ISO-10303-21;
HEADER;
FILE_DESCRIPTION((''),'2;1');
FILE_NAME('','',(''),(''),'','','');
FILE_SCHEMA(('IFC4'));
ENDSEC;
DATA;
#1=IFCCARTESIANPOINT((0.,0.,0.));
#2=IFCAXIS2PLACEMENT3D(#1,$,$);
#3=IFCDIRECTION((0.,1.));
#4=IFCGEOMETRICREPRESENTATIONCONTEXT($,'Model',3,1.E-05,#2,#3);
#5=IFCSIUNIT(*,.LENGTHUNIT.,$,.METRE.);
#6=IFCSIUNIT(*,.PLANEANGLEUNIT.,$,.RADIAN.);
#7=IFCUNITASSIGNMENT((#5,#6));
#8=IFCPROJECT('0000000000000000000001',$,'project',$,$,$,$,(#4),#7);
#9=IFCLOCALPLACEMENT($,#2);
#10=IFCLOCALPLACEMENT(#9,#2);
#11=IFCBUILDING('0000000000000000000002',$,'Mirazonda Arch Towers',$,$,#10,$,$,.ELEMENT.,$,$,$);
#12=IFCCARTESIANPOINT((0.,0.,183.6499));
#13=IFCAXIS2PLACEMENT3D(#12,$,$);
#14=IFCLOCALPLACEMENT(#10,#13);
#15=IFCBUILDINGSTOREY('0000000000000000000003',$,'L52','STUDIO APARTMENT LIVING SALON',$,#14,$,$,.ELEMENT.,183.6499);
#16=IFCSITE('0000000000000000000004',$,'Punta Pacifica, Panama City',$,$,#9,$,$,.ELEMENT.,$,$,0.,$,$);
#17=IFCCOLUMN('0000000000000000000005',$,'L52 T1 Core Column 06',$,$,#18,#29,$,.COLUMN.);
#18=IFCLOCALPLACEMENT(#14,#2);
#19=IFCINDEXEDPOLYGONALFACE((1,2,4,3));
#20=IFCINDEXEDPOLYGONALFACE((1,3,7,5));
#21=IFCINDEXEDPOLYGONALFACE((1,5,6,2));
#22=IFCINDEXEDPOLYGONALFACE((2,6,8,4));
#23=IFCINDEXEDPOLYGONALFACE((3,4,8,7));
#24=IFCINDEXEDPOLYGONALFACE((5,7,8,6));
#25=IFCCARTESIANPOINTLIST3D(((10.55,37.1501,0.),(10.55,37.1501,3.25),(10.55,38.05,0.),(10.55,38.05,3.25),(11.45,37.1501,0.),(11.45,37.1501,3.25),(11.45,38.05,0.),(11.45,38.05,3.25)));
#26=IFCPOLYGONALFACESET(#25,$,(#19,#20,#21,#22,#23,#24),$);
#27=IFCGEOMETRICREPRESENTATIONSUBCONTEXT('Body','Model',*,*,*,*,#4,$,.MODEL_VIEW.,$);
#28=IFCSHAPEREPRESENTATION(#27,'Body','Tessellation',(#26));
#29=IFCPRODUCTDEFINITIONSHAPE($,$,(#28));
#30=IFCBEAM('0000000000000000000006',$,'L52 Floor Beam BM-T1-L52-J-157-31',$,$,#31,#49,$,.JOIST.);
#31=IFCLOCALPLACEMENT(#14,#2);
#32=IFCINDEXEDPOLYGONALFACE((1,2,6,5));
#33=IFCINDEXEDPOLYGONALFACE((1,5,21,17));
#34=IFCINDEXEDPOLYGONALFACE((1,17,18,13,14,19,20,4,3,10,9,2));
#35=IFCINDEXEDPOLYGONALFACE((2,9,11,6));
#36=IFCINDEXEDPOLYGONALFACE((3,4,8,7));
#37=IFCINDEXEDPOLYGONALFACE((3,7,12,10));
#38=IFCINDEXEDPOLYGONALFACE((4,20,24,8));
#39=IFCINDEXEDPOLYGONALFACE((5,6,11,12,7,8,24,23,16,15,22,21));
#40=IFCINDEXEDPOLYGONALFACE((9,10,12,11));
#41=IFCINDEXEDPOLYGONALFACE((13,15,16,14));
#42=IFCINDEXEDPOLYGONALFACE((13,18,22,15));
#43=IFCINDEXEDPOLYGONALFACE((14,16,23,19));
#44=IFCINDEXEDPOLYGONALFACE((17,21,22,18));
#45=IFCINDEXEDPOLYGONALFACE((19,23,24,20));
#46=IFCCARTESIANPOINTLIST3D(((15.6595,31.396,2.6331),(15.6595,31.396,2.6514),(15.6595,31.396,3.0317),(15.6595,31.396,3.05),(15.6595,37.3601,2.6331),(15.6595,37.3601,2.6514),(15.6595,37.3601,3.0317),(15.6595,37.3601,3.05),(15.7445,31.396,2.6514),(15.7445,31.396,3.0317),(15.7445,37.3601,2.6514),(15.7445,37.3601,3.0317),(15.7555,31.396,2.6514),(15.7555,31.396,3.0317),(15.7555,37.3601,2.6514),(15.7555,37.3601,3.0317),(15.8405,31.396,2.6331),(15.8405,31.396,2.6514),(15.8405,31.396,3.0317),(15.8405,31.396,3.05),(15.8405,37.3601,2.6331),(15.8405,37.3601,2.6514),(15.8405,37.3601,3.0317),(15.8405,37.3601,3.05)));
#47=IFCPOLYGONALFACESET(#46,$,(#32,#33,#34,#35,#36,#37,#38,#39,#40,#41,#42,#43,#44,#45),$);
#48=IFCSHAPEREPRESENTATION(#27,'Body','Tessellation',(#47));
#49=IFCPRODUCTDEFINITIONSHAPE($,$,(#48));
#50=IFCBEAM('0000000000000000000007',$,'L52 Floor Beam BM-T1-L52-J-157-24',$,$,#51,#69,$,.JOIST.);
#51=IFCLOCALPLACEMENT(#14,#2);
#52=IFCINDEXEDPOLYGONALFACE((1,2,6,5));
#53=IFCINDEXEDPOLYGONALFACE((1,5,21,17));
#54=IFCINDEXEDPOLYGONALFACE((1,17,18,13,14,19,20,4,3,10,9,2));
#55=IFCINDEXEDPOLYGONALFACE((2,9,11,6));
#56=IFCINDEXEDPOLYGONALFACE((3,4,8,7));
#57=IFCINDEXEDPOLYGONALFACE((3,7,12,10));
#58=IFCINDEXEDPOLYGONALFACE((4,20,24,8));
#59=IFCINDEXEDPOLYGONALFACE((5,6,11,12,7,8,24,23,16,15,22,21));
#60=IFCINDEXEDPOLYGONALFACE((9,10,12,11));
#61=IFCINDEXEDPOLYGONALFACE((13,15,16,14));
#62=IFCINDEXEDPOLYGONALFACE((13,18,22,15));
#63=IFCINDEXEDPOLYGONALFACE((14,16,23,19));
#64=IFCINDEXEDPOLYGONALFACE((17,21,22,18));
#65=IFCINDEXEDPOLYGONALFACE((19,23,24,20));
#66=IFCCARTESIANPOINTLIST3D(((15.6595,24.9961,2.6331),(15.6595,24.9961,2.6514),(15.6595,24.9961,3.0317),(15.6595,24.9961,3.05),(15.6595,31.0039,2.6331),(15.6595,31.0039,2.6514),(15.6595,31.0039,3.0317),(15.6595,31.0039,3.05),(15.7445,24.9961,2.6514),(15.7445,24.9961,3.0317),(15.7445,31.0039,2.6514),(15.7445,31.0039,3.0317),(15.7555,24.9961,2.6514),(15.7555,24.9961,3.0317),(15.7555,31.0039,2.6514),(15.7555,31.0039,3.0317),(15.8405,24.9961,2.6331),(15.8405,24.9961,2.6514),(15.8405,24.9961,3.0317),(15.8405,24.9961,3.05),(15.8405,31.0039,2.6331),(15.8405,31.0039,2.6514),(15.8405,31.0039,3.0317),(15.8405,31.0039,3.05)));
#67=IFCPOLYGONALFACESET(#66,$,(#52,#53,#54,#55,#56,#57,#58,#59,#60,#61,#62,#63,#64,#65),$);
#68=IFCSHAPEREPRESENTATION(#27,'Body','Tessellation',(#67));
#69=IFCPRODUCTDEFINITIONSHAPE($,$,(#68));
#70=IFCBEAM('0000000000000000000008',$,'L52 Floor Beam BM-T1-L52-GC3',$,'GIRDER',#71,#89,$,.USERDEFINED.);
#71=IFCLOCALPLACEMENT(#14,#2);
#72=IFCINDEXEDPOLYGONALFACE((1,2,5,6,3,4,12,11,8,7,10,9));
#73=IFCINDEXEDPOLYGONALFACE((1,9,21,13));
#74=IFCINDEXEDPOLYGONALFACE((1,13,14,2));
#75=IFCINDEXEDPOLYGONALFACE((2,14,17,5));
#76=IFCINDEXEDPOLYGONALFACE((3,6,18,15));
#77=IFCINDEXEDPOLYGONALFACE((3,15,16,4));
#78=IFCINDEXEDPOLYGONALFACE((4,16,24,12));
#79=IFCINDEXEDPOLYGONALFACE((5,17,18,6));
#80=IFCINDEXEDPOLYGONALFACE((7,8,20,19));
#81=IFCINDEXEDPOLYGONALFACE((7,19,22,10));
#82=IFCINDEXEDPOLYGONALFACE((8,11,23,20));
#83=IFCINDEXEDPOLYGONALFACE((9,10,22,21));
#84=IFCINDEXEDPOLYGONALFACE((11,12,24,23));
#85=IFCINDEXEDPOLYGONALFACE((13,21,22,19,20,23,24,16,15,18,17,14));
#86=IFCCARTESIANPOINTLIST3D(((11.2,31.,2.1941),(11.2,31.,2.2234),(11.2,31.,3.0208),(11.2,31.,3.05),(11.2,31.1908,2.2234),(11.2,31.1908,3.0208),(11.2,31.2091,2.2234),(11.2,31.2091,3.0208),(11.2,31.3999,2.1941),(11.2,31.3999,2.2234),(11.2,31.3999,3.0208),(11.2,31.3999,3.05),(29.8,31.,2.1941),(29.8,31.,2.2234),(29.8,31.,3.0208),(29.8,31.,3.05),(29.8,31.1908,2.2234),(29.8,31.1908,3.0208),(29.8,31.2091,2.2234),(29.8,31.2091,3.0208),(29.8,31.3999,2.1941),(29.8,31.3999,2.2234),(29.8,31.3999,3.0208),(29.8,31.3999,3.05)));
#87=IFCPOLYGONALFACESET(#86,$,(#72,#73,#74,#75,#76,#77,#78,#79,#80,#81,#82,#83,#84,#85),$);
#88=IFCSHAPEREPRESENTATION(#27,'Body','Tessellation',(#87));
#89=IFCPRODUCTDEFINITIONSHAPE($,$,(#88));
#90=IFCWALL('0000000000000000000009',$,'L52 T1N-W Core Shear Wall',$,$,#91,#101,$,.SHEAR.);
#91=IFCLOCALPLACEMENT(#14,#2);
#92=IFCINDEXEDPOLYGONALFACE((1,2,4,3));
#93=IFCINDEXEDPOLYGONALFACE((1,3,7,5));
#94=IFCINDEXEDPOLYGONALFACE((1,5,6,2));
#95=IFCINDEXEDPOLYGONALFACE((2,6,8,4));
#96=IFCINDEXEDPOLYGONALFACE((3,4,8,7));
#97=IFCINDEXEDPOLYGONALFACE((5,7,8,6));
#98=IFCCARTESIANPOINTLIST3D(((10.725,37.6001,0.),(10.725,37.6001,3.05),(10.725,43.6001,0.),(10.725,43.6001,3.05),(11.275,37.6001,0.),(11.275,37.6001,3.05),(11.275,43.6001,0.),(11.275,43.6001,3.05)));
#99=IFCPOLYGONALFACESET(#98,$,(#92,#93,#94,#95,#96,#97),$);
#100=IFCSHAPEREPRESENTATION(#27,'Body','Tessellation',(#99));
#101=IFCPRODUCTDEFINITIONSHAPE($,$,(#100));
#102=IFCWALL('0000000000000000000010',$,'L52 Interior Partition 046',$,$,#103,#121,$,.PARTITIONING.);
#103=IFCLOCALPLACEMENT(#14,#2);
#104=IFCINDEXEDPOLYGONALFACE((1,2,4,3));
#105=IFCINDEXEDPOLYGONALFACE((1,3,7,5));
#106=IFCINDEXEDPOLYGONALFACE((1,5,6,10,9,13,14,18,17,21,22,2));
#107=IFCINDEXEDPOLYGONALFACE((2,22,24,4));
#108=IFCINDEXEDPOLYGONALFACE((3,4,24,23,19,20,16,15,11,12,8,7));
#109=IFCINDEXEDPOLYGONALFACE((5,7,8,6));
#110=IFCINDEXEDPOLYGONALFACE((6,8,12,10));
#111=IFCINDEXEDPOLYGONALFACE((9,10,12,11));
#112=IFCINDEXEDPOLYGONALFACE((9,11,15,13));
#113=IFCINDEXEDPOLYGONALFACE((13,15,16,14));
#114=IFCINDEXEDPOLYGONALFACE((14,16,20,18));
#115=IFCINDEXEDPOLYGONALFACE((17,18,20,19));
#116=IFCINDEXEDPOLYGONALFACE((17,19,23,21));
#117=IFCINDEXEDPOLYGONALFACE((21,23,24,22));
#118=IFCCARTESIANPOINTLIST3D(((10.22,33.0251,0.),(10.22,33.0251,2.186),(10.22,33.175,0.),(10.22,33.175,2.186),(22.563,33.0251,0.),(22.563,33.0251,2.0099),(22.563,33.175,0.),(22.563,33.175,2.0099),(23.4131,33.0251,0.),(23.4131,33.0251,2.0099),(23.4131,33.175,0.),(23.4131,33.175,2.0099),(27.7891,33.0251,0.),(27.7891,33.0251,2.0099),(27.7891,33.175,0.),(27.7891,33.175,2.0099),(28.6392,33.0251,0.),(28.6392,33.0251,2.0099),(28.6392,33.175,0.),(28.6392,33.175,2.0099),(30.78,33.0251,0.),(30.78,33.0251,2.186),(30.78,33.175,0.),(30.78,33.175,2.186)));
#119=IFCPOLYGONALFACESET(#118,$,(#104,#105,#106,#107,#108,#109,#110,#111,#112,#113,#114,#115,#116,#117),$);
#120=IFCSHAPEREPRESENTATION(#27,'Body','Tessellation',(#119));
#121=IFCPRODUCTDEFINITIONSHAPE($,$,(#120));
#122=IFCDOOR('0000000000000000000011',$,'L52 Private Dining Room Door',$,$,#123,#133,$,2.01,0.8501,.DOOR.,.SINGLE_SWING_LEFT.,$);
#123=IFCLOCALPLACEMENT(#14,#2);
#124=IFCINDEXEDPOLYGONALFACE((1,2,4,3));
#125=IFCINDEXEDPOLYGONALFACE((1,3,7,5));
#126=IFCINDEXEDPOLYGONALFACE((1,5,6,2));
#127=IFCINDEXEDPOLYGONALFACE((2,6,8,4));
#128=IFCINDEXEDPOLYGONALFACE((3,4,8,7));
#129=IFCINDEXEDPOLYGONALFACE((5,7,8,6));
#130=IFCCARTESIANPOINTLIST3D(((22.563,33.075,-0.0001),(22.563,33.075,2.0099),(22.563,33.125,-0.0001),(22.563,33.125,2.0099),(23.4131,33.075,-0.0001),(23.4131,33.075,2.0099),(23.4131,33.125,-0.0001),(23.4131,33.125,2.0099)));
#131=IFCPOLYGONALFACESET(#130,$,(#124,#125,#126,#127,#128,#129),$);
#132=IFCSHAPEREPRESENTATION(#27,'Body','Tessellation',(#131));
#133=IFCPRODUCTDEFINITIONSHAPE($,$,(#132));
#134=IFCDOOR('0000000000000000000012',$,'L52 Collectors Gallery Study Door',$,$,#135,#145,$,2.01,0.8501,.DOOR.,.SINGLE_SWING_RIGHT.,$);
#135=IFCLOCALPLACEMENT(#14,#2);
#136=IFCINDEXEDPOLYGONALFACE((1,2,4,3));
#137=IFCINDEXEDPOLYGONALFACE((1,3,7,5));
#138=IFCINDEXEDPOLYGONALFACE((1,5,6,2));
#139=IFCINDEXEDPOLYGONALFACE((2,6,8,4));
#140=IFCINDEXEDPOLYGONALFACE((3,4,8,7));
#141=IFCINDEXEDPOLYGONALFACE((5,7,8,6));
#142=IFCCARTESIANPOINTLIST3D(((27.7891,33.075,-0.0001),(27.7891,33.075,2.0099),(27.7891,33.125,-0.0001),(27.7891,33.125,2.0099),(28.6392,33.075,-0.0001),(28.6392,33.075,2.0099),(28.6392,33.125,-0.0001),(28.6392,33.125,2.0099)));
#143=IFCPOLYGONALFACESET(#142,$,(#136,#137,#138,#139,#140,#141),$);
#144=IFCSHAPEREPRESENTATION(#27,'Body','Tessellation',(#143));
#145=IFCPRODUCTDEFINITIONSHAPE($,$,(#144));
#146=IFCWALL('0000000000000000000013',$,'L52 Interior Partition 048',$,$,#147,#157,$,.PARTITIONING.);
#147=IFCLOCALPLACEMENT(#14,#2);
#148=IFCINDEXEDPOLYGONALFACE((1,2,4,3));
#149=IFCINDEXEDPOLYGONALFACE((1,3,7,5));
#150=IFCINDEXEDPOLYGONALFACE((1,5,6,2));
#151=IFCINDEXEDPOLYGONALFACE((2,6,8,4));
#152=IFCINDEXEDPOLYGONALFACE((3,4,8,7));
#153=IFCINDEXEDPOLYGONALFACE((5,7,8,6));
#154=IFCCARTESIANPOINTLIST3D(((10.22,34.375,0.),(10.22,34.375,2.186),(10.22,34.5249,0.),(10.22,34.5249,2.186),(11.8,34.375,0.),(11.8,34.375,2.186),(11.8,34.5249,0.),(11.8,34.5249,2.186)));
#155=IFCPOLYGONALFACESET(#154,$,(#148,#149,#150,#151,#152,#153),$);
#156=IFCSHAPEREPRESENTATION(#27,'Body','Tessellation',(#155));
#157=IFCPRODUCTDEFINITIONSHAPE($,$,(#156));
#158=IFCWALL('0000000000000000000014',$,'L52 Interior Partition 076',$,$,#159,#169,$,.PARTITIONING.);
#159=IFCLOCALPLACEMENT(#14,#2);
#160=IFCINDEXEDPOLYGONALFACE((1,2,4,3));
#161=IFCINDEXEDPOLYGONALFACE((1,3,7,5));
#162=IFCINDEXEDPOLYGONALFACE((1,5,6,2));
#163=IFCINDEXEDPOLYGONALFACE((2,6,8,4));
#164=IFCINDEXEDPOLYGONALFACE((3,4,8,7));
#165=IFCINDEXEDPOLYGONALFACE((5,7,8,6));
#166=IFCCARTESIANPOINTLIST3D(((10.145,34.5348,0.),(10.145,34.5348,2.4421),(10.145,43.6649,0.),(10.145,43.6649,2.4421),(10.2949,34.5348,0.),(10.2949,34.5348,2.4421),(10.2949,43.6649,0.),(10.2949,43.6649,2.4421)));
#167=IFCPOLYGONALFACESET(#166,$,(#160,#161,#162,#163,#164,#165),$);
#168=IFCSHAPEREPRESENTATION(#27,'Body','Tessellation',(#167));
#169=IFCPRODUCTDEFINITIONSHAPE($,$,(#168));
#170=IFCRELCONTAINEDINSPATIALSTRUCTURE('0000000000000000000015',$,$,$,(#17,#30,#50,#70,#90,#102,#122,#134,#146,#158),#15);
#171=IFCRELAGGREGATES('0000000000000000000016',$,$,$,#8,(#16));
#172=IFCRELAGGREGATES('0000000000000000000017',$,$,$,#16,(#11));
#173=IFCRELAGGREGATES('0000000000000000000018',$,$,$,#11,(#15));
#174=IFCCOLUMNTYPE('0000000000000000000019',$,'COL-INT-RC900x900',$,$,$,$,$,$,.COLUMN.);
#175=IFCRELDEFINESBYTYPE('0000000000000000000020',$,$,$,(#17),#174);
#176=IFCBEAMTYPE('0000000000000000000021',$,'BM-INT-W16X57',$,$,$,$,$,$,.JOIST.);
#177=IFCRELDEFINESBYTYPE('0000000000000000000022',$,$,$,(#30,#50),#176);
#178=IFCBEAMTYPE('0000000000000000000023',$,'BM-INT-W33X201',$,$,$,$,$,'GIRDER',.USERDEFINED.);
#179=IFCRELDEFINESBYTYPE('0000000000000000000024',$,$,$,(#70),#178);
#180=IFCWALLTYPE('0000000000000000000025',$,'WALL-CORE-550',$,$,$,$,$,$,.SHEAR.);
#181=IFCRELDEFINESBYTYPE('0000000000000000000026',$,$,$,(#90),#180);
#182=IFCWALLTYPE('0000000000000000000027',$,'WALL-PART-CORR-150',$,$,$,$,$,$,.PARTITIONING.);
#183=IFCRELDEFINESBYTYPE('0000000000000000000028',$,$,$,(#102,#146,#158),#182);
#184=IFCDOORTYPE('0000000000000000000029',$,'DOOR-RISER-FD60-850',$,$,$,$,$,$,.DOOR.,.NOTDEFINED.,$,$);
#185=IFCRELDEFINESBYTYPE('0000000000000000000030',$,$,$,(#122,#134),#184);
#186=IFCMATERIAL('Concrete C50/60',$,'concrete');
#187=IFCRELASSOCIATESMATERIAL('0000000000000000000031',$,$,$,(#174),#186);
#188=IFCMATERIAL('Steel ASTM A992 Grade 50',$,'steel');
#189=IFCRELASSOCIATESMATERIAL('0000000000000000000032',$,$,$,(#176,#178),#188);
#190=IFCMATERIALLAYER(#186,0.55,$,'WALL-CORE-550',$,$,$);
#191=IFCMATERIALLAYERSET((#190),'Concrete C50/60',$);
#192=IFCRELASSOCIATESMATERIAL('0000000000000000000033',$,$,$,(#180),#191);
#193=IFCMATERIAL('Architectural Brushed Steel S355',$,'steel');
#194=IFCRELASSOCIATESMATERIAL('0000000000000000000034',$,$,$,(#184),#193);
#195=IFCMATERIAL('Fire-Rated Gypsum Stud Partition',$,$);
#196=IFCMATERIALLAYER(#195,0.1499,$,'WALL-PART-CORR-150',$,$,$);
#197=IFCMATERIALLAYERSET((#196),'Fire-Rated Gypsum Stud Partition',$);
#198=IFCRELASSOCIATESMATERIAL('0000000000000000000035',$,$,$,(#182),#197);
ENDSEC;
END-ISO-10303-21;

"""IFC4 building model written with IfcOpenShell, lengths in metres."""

from ifc_helpers import new_model, si_unit, direction, frame, frame_2d, origin, origin_2d, place, context, subcontext, project, spatial, rectangle, i_section, extrude, material, layer, layer_set, material_profile, profile_set, type_object, element, fill, save


model = new_model("IFC4")

# Units and contexts
model_context = context("Model", 3, precision=1e-05, world=origin(), true_north=direction((0.0, 1.0)))
body_context = subcontext(model_context, "Body", "Model", "MODEL_VIEW")
ifc_project = project(units=[si_unit("LENGTHUNIT", "METRE"), si_unit("PLANEANGLEUNIT", "RADIAN")], contexts=[model_context])

# Site, building, storey
site_placement = place(None, origin())
site = spatial("IfcSite", under=ifc_project, at=site_placement, Name="Punta Pacifica, Panama City", CompositionType="ELEMENT", RefElevation=0.0)
building_placement = place(site_placement, origin())
building = spatial("IfcBuilding", under=site, at=building_placement, Name="Mirazonda Arch Towers", CompositionType="ELEMENT")
storey_placement = place(building_placement, frame((0.0, 0.0, 183.6499)))
storey = spatial("IfcBuildingStorey", under=building, at=storey_placement, Name="L52", Description="STUDIO APARTMENT LIVING SALON", CompositionType="ELEMENT", Elevation=183.6499)

# Column
ifc_material_1 = material(Name="Concrete C50/60", Category="concrete")
ifc_material_profile_1 = material_profile(ifc_material_1, rectangle(XDim=0.8999, YDim=0.8999, at=origin_2d()), Name="RC900x900")
ifc_profile_set_1 = profile_set([ifc_material_profile_1], Name="Concrete C50/60")
column_type = type_object("IfcColumnType", Name="COL-INT-RC900x900", PredefinedType="COLUMN", material=ifc_profile_set_1)
column_placement = place(storey_placement, frame((11.0, 37.6001, 0.0), z_axis=(0.0, 0.0, 1.0), x_axis=(1.0, 0.0, 0.0)))
element("IfcColumn", 1, at=column_placement, inside=storey, type_object=column_type, Name="L52 T1 Core Column 06", PredefinedType="COLUMN", context=body_context, shape_type="SweptSolid", body=[
    extrude(rectangle(XDim=0.8999, YDim=0.8999, at=origin_2d()), origin(), (0.0, 0.0, 1.0), 3.25),
])

# Beams
ifc_material_2 = material(Name="Steel ASTM A992 Grade 50", Category="steel")
ifc_material_profile_2 = material_profile(ifc_material_2, i_section(OverallWidth=0.1809, OverallDepth=0.417, WebThickness=0.011, FlangeThickness=0.0183, at=origin_2d()), Name="W16X57")
ifc_profile_set_2 = profile_set([ifc_material_profile_2], Name="Steel ASTM A992 Grade 50")
beam_type_1 = type_object("IfcBeamType", Name="BM-INT-W16X57", PredefinedType="JOIST", material=ifc_profile_set_2)
beam_1_placement = place(storey_placement, frame((15.75, 31.396, 2.8416), z_axis=(0.0, 1.0, 0.0), x_axis=(-1.0, 0.0, 0.0)))
element("IfcBeam", 2, at=beam_1_placement, inside=storey, type_object=beam_type_1, Name="L52 Floor Beam BM-T1-L52-J-157-31", PredefinedType="JOIST", context=body_context, shape_type="SweptSolid", body=[
    extrude(i_section(OverallWidth=0.1809, OverallDepth=0.417, WebThickness=0.011, FlangeThickness=0.0183, at=origin_2d()), origin(), (0.0, 0.0, 1.0), 5.9641),
])
beam_2_placement = place(storey_placement, frame((15.75, 24.9961, 2.8416), z_axis=(0.0, 1.0, 0.0), x_axis=(-1.0, 0.0, 0.0)))
element("IfcBeam", 3, at=beam_2_placement, inside=storey, type_object=beam_type_1, Name="L52 Floor Beam BM-T1-L52-J-157-24", PredefinedType="JOIST", context=body_context, shape_type="SweptSolid", body=[
    extrude(i_section(OverallWidth=0.1809, OverallDepth=0.417, WebThickness=0.011, FlangeThickness=0.0183, at=origin_2d()), origin(), (0.0, 0.0, 1.0), 6.0078),
])
ifc_material_profile_3 = material_profile(ifc_material_2, i_section(OverallWidth=0.3999, OverallDepth=0.856, WebThickness=0.0183, FlangeThickness=0.0293, at=origin_2d()), Name="W33X201")
ifc_profile_set_3 = profile_set([ifc_material_profile_3], Name="Steel ASTM A992 Grade 50")
beam_type_2 = type_object("IfcBeamType", Name="BM-INT-W33X201", ElementType="GIRDER", PredefinedType="USERDEFINED", material=ifc_profile_set_3)
beam_3_placement = place(storey_placement, frame((11.2, 31.2, 2.6221), z_axis=(1.0, 0.0, 0.0), x_axis=(0.0, 1.0, 0.0)))
element("IfcBeam", 4, at=beam_3_placement, inside=storey, type_object=beam_type_2, Name="L52 Floor Beam BM-T1-L52-GC3", ObjectType="GIRDER", PredefinedType="USERDEFINED", context=body_context, shape_type="SweptSolid", body=[
    extrude(i_section(OverallWidth=0.3999, OverallDepth=0.856, WebThickness=0.0183, FlangeThickness=0.0293, at=origin_2d()), origin(), (0.0, 0.0, 1.0), 18.6001),
])

# Wall
ifc_layer_1 = layer(ifc_material_1, 0.55, Name="WALL-CORE-550")
ifc_layer_set_1 = layer_set([ifc_layer_1], Name="Concrete C50/60")
wall_type_1 = type_object("IfcWallType", Name="WALL-CORE-550", PredefinedType="SHEAR", material=ifc_layer_set_1)
wall_1_placement = place(storey_placement, frame((11.0, 37.6001, 0.0), z_axis=(0.0, 0.0, 1.0), x_axis=(0.0, 1.0, 0.0)))
element("IfcWall", 5, at=wall_1_placement, inside=storey, type_object=wall_type_1, Name="L52 T1N-W Core Shear Wall", PredefinedType="SHEAR", context=body_context, shape_type="SweptSolid", body=[
    extrude(rectangle(XDim=6.0, YDim=0.55, at=frame_2d((3.0, 0.0))), origin(), (0.0, 0.0, 1.0), 3.05),
])

# Wall, openings, doors
ifc_material_3 = material(Name="Architectural Brushed Steel S355", Category="steel")
door_type_1 = type_object("IfcDoorType", Name="DOOR-RISER-FD60-850", OperationType="NOTDEFINED", PredefinedType="DOOR", material=ifc_material_3)
ifc_material_4 = material(Name="Fire-Rated Gypsum Stud Partition")
ifc_layer_2 = layer(ifc_material_4, 0.1499, Name="WALL-PART-CORR-150")
ifc_layer_set_2 = layer_set([ifc_layer_2], Name="Fire-Rated Gypsum Stud Partition")
wall_type_2 = type_object("IfcWallType", Name="WALL-PART-CORR-150", PredefinedType="PARTITIONING", material=ifc_layer_set_2)
wall_2_placement = place(storey_placement, frame((10.22, 33.1001, 0.0), z_axis=(0.0, 0.0, 1.0), x_axis=(1.0, 0.0, 0.0)))
wall_2 = element("IfcWall", 6, at=wall_2_placement, inside=storey, type_object=wall_type_2, Name="L52 Interior Partition 046", PredefinedType="PARTITIONING", context=body_context, shape_type="SweptSolid", body=[
    extrude(rectangle(XDim=20.5601, YDim=0.1499, at=frame_2d((10.28, 0.0))), origin(), (0.0, 0.0, 1.0), 2.186),
])
opening_1_placement = place(wall_2_placement, frame((12.343, 0.0, 0.0)))
opening_1 = element("IfcOpeningElement", 7, at=opening_1_placement, cuts=wall_2, PredefinedType="OPENING", context=body_context, shape_type="SweptSolid", body=[
    extrude(rectangle(XDim=0.8501, YDim=2.01, at=frame_2d((0.425, 1.0049))), frame((0.0, 0.085, 0.0), z_axis=(0.0, -1.0, 0.0), x_axis=(1.0, 0.0, 0.0)), (0.0, 0.0, 1.0), 0.1699),
])
opening_2_placement = place(wall_2_placement, frame((17.5691, 0.0, 0.0)))
opening_2 = element("IfcOpeningElement", 8, at=opening_2_placement, cuts=wall_2, PredefinedType="OPENING", context=body_context, shape_type="SweptSolid", body=[
    extrude(rectangle(XDim=0.8501, YDim=2.01, at=frame_2d((0.425, 1.0049))), frame((0.0, 0.085, 0.0), z_axis=(0.0, -1.0, 0.0), x_axis=(1.0, 0.0, 0.0)), (0.0, 0.0, 1.0), 0.1699),
])
door_1_placement = place(opening_1_placement, origin())
door_1 = element("IfcDoor", 9, at=door_1_placement, inside=storey, type_object=door_type_1, Name="L52 Private Dining Room Door", OperationType="SINGLE_SWING_LEFT", OverallHeight=2.01, OverallWidth=0.8501, PredefinedType="DOOR", context=body_context, shape_type="SweptSolid", body=[
    extrude(rectangle(XDim=0.8501, YDim=2.01, at=frame_2d((0.425, 1.0049))), frame((0.0, 0.0249, 0.0), z_axis=(0.0, -1.0, 0.0), x_axis=(1.0, 0.0, 0.0)), (0.0, 0.0, 1.0), 0.05),
])
fill(opening_1, door_1)
door_2_placement = place(opening_2_placement, origin())
door_2 = element("IfcDoor", 10, at=door_2_placement, inside=storey, type_object=door_type_1, Name="L52 Collectors Gallery Study Door", OperationType="SINGLE_SWING_RIGHT", OverallHeight=2.01, OverallWidth=0.8501, PredefinedType="DOOR", context=body_context, shape_type="SweptSolid", body=[
    extrude(rectangle(XDim=0.8501, YDim=2.01, at=frame_2d((0.425, 1.0049))), frame((0.0, 0.0249, 0.0), z_axis=(0.0, -1.0, 0.0), x_axis=(1.0, 0.0, 0.0)), (0.0, 0.0, 1.0), 0.05),
])
fill(opening_2, door_2)

# Walls
wall_3_placement = place(storey_placement, frame((10.22, 34.45, 0.0), z_axis=(0.0, 0.0, 1.0), x_axis=(1.0, 0.0, 0.0)))
element("IfcWall", 11, at=wall_3_placement, inside=storey, type_object=wall_type_2, Name="L52 Interior Partition 048", PredefinedType="PARTITIONING", context=body_context, shape_type="SweptSolid", body=[
    extrude(rectangle(XDim=1.5801, YDim=0.1499, at=frame_2d((0.79, 0.0))), origin(), (0.0, 0.0, 1.0), 2.186),
])
wall_4_placement = place(storey_placement, frame((10.22, 34.5349, 0.0), z_axis=(0.0, 0.0, 1.0), x_axis=(0.0, 1.0, 0.0)))
element("IfcWall", 12, at=wall_4_placement, inside=storey, type_object=wall_type_2, Name="L52 Interior Partition 076", PredefinedType="PARTITIONING", context=body_context, shape_type="SweptSolid", body=[
    extrude(rectangle(XDim=9.1301, YDim=0.1499, at=frame_2d((4.5649, 0.0))), origin(), (0.0, 0.0, 1.0), 2.4421),
])

save(model, "model.ifc")
